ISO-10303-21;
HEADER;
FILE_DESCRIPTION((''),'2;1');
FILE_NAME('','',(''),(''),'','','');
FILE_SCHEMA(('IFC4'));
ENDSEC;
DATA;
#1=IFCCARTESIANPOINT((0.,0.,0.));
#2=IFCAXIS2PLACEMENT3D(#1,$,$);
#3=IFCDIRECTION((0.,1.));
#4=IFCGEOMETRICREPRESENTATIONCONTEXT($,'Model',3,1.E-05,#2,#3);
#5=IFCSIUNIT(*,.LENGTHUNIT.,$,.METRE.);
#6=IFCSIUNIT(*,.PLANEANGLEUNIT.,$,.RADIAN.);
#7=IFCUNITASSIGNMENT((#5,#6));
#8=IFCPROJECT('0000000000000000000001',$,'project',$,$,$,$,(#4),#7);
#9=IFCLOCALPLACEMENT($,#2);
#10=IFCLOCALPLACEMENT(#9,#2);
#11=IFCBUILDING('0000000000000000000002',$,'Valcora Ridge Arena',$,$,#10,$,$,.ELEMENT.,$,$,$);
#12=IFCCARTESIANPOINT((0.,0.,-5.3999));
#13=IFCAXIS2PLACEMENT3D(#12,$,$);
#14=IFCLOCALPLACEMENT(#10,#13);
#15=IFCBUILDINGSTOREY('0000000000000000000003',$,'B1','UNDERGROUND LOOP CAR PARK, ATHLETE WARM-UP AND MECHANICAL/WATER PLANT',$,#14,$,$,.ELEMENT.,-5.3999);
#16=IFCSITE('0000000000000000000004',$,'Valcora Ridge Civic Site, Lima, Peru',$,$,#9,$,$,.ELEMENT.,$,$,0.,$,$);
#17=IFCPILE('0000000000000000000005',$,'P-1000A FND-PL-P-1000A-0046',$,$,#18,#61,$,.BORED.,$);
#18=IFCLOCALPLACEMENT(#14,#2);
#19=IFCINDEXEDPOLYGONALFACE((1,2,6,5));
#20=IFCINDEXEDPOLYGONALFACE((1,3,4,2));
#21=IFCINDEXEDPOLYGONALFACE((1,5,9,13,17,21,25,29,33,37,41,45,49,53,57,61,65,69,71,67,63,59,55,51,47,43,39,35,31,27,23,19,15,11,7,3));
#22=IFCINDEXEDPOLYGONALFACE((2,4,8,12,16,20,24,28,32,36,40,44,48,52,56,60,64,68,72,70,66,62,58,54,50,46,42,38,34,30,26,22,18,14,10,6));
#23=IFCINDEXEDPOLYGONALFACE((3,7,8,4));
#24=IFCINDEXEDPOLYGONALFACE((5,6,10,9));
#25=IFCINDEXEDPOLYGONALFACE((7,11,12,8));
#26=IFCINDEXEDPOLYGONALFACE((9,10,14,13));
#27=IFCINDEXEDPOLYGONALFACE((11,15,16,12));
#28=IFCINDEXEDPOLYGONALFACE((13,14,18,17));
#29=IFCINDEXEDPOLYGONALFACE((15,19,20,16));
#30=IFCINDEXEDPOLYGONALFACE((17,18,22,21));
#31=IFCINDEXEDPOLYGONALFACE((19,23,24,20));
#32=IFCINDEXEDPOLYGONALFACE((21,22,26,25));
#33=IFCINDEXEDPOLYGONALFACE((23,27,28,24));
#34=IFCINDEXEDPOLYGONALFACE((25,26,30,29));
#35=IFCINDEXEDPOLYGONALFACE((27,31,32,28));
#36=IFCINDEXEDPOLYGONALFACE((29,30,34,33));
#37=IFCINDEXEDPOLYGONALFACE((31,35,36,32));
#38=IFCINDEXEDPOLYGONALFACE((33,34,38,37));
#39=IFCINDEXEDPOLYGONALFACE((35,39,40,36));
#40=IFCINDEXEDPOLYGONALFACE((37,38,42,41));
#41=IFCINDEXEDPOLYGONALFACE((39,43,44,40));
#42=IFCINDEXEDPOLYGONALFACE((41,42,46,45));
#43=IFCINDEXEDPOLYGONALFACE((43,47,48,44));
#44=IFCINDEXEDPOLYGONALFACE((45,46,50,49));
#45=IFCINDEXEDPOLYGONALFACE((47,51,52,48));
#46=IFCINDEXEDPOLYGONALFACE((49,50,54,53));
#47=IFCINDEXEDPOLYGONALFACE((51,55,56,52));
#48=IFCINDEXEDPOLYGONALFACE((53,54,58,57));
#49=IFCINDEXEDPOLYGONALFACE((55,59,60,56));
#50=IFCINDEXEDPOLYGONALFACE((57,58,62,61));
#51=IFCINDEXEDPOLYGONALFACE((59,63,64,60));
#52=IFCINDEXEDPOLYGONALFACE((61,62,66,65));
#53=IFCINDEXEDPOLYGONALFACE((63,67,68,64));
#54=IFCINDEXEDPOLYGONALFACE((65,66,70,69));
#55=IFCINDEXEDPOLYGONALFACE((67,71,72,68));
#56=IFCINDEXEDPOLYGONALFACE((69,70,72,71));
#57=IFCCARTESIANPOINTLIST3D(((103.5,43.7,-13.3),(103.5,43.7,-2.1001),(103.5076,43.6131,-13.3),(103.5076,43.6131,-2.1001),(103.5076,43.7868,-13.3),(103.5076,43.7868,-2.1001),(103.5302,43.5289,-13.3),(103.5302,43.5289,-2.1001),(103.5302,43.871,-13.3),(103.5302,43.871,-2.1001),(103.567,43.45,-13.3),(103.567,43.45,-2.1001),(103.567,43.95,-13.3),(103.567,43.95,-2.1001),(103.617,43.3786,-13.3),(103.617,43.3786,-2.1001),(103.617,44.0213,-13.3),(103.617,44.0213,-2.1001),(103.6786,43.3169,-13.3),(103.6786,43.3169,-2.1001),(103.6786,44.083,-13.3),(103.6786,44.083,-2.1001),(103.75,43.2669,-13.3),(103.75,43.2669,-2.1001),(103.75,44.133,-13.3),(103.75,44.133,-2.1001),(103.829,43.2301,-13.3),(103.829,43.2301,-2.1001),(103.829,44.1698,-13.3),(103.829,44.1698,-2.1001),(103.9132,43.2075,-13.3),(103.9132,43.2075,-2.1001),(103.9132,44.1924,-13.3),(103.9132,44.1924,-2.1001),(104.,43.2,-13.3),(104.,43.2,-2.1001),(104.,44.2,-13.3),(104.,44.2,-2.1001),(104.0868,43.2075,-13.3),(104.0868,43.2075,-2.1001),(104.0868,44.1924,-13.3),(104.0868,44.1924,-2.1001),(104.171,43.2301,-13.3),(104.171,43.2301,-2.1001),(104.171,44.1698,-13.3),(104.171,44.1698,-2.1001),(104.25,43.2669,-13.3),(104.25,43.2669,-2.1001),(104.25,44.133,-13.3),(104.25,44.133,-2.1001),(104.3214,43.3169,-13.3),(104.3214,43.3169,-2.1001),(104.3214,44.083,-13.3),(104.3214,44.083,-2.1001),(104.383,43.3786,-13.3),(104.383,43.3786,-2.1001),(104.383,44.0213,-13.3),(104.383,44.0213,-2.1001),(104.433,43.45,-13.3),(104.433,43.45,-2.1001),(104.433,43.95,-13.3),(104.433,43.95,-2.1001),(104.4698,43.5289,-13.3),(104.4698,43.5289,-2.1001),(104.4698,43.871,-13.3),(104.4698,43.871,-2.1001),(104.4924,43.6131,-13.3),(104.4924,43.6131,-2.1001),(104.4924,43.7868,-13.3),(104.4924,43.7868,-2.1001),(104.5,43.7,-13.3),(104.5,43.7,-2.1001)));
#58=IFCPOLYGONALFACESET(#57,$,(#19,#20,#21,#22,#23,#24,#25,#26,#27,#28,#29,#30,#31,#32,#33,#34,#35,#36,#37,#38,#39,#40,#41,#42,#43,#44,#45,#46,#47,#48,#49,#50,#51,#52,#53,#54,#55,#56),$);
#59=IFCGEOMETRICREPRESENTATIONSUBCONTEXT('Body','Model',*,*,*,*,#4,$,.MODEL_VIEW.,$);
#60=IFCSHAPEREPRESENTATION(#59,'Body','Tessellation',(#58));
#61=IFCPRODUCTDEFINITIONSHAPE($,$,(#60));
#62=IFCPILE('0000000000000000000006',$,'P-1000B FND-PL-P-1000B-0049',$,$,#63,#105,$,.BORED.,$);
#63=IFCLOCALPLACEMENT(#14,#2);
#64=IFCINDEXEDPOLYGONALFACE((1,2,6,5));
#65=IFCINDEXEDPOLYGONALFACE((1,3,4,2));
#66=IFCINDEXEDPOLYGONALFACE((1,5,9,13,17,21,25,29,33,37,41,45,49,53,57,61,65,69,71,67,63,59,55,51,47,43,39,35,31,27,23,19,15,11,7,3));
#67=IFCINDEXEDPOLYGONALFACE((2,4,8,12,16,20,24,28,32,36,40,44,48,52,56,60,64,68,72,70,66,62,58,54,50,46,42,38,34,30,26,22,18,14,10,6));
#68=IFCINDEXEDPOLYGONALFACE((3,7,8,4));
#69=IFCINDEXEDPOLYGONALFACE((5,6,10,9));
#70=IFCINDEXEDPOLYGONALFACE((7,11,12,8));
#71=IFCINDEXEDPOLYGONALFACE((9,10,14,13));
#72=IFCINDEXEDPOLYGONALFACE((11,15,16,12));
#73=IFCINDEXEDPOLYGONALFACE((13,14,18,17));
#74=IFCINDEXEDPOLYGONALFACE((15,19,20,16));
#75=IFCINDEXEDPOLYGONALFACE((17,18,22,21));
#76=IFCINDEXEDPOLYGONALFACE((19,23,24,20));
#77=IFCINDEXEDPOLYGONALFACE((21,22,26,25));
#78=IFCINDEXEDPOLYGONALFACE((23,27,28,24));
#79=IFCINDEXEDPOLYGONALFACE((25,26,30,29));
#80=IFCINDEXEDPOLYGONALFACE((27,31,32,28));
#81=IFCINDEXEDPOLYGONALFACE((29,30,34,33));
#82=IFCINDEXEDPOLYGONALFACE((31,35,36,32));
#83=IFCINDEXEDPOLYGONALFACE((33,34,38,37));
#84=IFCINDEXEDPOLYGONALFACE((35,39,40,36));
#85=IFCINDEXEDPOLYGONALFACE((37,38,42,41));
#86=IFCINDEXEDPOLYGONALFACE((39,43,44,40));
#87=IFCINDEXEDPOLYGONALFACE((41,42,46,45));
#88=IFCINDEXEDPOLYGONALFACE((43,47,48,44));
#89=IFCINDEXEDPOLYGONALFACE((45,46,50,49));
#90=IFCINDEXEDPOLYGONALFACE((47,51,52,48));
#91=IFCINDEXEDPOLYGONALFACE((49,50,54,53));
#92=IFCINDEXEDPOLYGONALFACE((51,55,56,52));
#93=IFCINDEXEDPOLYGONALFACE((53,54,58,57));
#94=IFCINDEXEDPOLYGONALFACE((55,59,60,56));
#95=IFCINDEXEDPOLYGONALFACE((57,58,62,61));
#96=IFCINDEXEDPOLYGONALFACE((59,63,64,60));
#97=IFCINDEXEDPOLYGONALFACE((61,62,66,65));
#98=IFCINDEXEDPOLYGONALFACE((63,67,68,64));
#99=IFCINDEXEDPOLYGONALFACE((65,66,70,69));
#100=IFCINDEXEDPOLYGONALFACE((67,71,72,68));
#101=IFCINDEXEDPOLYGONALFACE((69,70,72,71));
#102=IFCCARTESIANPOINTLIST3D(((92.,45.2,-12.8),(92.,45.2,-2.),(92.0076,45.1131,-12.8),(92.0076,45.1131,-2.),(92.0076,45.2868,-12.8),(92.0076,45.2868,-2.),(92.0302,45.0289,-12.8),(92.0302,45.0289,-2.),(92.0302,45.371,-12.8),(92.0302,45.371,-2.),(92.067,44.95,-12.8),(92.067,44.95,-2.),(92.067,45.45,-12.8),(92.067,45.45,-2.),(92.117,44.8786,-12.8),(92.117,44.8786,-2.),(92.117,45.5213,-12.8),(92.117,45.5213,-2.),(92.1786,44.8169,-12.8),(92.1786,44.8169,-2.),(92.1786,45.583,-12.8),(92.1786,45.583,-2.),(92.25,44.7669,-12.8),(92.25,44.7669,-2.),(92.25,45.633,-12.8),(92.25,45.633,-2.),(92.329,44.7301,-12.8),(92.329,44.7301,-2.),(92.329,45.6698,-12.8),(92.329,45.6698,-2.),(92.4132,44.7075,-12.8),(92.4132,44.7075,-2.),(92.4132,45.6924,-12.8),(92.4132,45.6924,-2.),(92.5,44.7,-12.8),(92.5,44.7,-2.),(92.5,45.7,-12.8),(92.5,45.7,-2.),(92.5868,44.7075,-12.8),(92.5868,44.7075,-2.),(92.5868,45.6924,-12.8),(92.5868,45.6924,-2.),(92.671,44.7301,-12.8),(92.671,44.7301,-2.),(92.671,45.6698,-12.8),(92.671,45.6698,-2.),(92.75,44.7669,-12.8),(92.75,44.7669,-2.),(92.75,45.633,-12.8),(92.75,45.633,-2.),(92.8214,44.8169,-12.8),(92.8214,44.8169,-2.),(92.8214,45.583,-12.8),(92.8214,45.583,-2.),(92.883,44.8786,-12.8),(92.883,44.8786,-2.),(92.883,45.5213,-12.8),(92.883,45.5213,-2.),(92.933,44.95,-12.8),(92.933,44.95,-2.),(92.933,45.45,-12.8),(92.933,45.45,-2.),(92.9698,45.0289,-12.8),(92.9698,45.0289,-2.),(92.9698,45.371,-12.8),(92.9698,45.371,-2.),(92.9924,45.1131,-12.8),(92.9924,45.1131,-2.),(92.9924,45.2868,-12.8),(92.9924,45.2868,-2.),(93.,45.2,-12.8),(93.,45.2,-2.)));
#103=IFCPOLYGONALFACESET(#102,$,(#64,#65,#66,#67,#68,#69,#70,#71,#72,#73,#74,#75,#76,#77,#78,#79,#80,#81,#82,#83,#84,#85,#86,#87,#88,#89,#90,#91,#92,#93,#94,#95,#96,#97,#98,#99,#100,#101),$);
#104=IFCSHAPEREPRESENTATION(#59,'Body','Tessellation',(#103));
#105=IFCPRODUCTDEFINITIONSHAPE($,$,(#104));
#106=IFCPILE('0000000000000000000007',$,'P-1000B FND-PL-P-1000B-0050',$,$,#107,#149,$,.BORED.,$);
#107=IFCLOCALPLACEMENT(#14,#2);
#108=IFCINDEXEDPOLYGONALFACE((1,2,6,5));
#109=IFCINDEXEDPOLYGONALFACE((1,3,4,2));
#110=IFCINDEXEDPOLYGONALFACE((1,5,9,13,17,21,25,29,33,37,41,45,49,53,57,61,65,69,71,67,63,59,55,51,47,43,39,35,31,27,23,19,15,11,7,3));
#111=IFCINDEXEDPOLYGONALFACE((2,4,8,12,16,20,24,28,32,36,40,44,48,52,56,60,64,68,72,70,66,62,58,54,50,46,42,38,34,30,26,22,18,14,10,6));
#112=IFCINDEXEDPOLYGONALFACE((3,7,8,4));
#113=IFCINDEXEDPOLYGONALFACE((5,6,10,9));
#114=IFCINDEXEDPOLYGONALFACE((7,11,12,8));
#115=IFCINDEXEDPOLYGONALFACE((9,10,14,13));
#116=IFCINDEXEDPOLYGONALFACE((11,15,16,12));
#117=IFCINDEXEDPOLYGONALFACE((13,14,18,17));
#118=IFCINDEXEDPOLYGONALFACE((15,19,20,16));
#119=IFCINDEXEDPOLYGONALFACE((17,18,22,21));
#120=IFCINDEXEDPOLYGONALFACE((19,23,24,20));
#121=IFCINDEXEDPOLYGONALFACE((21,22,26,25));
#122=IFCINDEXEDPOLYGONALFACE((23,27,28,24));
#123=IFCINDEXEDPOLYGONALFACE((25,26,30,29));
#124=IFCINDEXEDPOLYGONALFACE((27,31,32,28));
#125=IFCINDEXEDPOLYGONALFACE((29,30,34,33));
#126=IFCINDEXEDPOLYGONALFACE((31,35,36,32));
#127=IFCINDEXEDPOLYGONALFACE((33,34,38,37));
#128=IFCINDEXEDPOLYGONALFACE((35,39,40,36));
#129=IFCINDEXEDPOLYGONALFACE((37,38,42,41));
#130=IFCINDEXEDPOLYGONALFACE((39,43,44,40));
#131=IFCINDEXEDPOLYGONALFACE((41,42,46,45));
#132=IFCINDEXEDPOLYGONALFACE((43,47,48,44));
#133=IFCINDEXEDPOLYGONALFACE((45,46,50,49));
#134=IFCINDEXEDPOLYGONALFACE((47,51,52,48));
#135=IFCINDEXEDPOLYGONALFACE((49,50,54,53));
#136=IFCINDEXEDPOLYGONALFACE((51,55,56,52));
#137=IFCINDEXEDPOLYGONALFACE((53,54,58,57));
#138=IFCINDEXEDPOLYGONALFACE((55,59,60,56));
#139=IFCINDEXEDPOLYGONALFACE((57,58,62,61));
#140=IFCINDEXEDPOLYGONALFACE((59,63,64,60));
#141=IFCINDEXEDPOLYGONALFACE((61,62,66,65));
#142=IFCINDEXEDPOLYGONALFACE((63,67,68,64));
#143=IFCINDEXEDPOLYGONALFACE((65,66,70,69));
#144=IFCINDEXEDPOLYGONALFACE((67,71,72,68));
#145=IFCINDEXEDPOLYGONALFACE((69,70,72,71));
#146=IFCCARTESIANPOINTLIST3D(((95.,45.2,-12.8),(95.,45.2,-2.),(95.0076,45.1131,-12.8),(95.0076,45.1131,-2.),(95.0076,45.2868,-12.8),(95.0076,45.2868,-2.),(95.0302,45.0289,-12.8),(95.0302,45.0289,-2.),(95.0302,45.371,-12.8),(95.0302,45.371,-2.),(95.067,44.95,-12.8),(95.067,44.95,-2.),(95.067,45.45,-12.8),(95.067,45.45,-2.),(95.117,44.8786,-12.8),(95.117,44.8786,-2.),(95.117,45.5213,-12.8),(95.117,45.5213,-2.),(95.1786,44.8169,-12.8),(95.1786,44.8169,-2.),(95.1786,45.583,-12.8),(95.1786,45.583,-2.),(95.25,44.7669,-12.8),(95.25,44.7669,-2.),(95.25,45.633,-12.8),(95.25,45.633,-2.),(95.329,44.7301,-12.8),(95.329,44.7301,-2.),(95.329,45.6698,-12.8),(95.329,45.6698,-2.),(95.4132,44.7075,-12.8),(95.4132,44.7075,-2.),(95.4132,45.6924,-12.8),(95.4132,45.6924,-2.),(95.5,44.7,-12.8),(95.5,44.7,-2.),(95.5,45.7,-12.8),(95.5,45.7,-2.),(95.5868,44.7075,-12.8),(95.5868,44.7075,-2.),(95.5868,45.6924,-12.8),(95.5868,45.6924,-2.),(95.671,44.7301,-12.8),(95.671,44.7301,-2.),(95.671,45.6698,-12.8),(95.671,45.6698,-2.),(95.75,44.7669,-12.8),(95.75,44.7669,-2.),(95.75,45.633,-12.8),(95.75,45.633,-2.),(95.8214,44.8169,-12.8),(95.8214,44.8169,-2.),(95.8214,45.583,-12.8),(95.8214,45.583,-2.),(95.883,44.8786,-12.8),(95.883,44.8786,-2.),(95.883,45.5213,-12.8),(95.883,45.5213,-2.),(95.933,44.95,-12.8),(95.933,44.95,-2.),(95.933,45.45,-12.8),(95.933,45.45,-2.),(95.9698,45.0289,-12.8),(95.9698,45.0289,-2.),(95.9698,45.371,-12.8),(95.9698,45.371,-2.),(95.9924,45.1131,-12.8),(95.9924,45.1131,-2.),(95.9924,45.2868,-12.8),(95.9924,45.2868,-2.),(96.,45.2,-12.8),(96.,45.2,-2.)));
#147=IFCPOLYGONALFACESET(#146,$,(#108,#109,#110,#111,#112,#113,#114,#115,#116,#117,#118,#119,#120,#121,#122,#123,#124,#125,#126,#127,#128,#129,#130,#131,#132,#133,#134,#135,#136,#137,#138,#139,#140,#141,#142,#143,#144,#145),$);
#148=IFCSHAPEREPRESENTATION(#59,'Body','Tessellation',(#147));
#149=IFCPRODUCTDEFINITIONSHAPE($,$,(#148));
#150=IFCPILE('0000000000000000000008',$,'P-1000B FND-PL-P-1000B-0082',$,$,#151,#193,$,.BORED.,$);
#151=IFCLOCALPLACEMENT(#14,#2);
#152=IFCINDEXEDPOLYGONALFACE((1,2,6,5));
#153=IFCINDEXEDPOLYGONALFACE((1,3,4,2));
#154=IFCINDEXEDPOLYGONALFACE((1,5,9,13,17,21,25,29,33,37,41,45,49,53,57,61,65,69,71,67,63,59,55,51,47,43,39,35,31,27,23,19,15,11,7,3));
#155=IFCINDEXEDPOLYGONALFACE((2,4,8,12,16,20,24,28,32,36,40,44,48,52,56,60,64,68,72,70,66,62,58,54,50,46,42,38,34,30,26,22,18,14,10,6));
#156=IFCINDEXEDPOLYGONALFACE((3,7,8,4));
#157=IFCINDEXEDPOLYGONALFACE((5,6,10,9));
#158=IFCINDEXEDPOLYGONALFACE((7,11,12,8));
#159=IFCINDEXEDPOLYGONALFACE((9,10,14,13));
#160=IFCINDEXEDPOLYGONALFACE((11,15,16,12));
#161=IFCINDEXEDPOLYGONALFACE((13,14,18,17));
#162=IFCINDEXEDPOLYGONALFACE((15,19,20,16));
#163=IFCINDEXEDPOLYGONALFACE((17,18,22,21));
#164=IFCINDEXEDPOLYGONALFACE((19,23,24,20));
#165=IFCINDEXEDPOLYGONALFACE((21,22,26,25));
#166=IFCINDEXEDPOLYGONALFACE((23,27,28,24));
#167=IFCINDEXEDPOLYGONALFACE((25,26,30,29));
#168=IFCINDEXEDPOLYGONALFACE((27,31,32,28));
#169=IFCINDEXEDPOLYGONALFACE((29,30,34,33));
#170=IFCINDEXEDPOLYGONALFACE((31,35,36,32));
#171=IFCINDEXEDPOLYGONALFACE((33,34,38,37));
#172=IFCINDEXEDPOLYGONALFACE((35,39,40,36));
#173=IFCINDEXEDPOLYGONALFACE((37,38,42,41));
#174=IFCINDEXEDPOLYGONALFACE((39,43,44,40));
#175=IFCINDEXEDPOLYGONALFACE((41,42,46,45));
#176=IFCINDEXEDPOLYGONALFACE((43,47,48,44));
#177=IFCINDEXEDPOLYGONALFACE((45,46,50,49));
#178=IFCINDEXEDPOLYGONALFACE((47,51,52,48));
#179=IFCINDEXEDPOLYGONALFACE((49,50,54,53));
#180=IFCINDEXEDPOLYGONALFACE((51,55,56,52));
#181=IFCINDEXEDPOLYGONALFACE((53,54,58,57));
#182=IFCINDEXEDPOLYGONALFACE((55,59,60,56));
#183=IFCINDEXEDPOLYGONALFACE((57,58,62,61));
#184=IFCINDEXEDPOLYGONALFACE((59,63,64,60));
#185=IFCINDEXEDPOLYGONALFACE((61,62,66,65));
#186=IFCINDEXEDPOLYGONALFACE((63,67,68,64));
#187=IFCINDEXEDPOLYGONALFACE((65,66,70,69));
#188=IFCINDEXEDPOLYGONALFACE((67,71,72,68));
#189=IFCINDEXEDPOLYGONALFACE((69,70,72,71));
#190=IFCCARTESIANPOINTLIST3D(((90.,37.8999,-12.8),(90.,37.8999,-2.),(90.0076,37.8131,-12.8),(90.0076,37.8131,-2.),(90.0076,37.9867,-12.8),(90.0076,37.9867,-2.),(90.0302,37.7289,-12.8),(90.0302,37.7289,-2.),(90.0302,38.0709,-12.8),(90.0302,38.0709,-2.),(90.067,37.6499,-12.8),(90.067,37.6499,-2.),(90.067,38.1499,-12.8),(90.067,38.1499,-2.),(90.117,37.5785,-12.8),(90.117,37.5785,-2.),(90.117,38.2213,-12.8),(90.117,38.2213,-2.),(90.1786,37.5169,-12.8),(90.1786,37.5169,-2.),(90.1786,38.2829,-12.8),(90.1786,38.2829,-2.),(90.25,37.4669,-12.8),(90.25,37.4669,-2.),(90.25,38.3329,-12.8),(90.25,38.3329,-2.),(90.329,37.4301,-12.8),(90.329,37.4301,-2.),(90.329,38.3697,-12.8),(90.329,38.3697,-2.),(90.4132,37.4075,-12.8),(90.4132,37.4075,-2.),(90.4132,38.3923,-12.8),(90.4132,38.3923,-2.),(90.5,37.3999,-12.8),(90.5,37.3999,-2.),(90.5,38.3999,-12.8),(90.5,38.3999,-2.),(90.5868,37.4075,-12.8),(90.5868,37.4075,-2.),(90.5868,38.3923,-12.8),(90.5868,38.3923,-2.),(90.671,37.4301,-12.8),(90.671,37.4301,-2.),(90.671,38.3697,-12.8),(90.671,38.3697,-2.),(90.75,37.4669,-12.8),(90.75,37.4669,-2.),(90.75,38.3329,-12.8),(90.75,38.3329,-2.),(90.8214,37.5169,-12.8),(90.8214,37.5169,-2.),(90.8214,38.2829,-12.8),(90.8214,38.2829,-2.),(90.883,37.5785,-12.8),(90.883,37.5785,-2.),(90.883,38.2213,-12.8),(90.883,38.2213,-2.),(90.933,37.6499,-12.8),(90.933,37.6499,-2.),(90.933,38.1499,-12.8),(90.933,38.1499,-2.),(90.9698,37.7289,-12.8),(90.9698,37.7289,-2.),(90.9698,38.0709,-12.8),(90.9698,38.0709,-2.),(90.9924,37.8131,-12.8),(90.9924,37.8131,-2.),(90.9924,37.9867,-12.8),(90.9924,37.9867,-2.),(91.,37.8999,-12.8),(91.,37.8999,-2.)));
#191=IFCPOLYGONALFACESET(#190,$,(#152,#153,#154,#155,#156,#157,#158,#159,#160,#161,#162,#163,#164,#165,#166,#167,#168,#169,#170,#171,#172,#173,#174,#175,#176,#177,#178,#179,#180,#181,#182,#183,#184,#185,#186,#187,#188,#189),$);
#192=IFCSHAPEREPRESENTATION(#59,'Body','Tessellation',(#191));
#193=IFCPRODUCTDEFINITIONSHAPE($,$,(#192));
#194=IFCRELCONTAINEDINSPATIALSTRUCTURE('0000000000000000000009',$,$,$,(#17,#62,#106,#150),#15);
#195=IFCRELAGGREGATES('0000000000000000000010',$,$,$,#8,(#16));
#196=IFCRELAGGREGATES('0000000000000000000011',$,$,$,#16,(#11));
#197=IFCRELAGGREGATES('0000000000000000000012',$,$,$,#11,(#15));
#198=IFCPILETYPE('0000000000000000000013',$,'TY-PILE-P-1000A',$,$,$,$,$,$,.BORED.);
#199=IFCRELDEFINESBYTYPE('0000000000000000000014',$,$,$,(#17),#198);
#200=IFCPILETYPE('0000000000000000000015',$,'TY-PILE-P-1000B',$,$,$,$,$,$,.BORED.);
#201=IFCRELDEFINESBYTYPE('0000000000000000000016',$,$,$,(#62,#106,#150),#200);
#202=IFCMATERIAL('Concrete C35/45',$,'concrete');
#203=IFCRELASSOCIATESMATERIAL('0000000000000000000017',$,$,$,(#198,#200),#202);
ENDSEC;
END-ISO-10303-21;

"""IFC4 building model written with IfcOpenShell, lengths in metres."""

from ifc_helpers import new_model, si_unit, direction, frame, origin, origin_2d, place, context, subcontext, project, spatial, circle, extrude, material, material_profile, profile_set, type_object, element, save


model = new_model("IFC4")

# Units and contexts
model_context = context("Model", 3, precision=1e-05, world=origin(), true_north=direction((0.0, 1.0)))
body_context = subcontext(model_context, "Body", "Model", "MODEL_VIEW")
ifc_project = project(units=[si_unit("LENGTHUNIT", "METRE"), si_unit("PLANEANGLEUNIT", "RADIAN")], contexts=[model_context])

# Site, building, storey
site_placement = place(None, origin())
site = spatial("IfcSite", under=ifc_project, at=site_placement, Name="Valcora Ridge Civic Site, Lima, Peru", CompositionType="ELEMENT", RefElevation=0.0)
building_placement = place(site_placement, origin())
building = spatial("IfcBuilding", under=site, at=building_placement, Name="Valcora Ridge Arena", CompositionType="ELEMENT")
storey_placement = place(building_placement, frame((0.0, 0.0, -5.3999)))
storey = spatial("IfcBuildingStorey", under=building, at=storey_placement, Name="B1", Description="UNDERGROUND LOOP CAR PARK, ATHLETE WARM-UP AND MECHANICAL/WATER PLANT", CompositionType="ELEMENT", Elevation=-5.3999)

# Piles
ifc_material_1 = material(Name="Concrete C35/45", Category="concrete")
ifc_material_profile_1 = material_profile(ifc_material_1, circle(Radius=0.5, at=origin_2d()), Name="BORED PILE D1000")
ifc_profile_set_1 = profile_set([ifc_material_profile_1], Name="Concrete C35/45")
pile_type_1 = type_object("IfcPileType", Name="TY-PILE-P-1000A", PredefinedType="BORED", material=ifc_profile_set_1)
for number, where, z_axis, x_axis, name in (
    (1, (104.0, 43.7, -2.1001), (0.0, 0.0, -1.0), (1.0, 0.0, 0.0), "P-1000A FND-PL-P-1000A-0046"),
):
    element("IfcPile", number, at=place(storey_placement, frame(where, z_axis=z_axis, x_axis=x_axis)), inside=storey, type_object=pile_type_1, Name=name, PredefinedType="BORED", context=body_context, shape_type="SweptSolid", body=[
        extrude(circle(Radius=0.5, at=origin_2d()), origin(), (0.0, 0.0, 1.0), 11.2),
    ])
ifc_material_profile_2 = material_profile(ifc_material_1, circle(Radius=0.5, at=origin_2d()), Name="BORED PILE D1000")
ifc_profile_set_2 = profile_set([ifc_material_profile_2], Name="Concrete C35/45")
pile_type_2 = type_object("IfcPileType", Name="TY-PILE-P-1000B", PredefinedType="BORED", material=ifc_profile_set_2)
for number, where, z_axis, x_axis, name in (
    (2, (92.5, 45.2, -2.0), (0.0, 0.0, -1.0), (1.0, 0.0, 0.0), "P-1000B FND-PL-P-1000B-0049"),
    (3, (95.5, 45.2, -2.0), (0.0, 0.0, -1.0), (1.0, 0.0, 0.0), "P-1000B FND-PL-P-1000B-0050"),
    (4, (90.5, 37.8999, -2.0), (0.0, 0.0, -1.0), (1.0, 0.0, 0.0), "P-1000B FND-PL-P-1000B-0082"),
):
    element("IfcPile", number, at=place(storey_placement, frame(where, z_axis=z_axis, x_axis=x_axis)), inside=storey, type_object=pile_type_2, Name=name, PredefinedType="BORED", context=body_context, shape_type="SweptSolid", body=[
        extrude(circle(Radius=0.5, at=origin_2d()), origin(), (0.0, 0.0, 1.0), 10.8),
    ])

save(model, "model.ifc")
